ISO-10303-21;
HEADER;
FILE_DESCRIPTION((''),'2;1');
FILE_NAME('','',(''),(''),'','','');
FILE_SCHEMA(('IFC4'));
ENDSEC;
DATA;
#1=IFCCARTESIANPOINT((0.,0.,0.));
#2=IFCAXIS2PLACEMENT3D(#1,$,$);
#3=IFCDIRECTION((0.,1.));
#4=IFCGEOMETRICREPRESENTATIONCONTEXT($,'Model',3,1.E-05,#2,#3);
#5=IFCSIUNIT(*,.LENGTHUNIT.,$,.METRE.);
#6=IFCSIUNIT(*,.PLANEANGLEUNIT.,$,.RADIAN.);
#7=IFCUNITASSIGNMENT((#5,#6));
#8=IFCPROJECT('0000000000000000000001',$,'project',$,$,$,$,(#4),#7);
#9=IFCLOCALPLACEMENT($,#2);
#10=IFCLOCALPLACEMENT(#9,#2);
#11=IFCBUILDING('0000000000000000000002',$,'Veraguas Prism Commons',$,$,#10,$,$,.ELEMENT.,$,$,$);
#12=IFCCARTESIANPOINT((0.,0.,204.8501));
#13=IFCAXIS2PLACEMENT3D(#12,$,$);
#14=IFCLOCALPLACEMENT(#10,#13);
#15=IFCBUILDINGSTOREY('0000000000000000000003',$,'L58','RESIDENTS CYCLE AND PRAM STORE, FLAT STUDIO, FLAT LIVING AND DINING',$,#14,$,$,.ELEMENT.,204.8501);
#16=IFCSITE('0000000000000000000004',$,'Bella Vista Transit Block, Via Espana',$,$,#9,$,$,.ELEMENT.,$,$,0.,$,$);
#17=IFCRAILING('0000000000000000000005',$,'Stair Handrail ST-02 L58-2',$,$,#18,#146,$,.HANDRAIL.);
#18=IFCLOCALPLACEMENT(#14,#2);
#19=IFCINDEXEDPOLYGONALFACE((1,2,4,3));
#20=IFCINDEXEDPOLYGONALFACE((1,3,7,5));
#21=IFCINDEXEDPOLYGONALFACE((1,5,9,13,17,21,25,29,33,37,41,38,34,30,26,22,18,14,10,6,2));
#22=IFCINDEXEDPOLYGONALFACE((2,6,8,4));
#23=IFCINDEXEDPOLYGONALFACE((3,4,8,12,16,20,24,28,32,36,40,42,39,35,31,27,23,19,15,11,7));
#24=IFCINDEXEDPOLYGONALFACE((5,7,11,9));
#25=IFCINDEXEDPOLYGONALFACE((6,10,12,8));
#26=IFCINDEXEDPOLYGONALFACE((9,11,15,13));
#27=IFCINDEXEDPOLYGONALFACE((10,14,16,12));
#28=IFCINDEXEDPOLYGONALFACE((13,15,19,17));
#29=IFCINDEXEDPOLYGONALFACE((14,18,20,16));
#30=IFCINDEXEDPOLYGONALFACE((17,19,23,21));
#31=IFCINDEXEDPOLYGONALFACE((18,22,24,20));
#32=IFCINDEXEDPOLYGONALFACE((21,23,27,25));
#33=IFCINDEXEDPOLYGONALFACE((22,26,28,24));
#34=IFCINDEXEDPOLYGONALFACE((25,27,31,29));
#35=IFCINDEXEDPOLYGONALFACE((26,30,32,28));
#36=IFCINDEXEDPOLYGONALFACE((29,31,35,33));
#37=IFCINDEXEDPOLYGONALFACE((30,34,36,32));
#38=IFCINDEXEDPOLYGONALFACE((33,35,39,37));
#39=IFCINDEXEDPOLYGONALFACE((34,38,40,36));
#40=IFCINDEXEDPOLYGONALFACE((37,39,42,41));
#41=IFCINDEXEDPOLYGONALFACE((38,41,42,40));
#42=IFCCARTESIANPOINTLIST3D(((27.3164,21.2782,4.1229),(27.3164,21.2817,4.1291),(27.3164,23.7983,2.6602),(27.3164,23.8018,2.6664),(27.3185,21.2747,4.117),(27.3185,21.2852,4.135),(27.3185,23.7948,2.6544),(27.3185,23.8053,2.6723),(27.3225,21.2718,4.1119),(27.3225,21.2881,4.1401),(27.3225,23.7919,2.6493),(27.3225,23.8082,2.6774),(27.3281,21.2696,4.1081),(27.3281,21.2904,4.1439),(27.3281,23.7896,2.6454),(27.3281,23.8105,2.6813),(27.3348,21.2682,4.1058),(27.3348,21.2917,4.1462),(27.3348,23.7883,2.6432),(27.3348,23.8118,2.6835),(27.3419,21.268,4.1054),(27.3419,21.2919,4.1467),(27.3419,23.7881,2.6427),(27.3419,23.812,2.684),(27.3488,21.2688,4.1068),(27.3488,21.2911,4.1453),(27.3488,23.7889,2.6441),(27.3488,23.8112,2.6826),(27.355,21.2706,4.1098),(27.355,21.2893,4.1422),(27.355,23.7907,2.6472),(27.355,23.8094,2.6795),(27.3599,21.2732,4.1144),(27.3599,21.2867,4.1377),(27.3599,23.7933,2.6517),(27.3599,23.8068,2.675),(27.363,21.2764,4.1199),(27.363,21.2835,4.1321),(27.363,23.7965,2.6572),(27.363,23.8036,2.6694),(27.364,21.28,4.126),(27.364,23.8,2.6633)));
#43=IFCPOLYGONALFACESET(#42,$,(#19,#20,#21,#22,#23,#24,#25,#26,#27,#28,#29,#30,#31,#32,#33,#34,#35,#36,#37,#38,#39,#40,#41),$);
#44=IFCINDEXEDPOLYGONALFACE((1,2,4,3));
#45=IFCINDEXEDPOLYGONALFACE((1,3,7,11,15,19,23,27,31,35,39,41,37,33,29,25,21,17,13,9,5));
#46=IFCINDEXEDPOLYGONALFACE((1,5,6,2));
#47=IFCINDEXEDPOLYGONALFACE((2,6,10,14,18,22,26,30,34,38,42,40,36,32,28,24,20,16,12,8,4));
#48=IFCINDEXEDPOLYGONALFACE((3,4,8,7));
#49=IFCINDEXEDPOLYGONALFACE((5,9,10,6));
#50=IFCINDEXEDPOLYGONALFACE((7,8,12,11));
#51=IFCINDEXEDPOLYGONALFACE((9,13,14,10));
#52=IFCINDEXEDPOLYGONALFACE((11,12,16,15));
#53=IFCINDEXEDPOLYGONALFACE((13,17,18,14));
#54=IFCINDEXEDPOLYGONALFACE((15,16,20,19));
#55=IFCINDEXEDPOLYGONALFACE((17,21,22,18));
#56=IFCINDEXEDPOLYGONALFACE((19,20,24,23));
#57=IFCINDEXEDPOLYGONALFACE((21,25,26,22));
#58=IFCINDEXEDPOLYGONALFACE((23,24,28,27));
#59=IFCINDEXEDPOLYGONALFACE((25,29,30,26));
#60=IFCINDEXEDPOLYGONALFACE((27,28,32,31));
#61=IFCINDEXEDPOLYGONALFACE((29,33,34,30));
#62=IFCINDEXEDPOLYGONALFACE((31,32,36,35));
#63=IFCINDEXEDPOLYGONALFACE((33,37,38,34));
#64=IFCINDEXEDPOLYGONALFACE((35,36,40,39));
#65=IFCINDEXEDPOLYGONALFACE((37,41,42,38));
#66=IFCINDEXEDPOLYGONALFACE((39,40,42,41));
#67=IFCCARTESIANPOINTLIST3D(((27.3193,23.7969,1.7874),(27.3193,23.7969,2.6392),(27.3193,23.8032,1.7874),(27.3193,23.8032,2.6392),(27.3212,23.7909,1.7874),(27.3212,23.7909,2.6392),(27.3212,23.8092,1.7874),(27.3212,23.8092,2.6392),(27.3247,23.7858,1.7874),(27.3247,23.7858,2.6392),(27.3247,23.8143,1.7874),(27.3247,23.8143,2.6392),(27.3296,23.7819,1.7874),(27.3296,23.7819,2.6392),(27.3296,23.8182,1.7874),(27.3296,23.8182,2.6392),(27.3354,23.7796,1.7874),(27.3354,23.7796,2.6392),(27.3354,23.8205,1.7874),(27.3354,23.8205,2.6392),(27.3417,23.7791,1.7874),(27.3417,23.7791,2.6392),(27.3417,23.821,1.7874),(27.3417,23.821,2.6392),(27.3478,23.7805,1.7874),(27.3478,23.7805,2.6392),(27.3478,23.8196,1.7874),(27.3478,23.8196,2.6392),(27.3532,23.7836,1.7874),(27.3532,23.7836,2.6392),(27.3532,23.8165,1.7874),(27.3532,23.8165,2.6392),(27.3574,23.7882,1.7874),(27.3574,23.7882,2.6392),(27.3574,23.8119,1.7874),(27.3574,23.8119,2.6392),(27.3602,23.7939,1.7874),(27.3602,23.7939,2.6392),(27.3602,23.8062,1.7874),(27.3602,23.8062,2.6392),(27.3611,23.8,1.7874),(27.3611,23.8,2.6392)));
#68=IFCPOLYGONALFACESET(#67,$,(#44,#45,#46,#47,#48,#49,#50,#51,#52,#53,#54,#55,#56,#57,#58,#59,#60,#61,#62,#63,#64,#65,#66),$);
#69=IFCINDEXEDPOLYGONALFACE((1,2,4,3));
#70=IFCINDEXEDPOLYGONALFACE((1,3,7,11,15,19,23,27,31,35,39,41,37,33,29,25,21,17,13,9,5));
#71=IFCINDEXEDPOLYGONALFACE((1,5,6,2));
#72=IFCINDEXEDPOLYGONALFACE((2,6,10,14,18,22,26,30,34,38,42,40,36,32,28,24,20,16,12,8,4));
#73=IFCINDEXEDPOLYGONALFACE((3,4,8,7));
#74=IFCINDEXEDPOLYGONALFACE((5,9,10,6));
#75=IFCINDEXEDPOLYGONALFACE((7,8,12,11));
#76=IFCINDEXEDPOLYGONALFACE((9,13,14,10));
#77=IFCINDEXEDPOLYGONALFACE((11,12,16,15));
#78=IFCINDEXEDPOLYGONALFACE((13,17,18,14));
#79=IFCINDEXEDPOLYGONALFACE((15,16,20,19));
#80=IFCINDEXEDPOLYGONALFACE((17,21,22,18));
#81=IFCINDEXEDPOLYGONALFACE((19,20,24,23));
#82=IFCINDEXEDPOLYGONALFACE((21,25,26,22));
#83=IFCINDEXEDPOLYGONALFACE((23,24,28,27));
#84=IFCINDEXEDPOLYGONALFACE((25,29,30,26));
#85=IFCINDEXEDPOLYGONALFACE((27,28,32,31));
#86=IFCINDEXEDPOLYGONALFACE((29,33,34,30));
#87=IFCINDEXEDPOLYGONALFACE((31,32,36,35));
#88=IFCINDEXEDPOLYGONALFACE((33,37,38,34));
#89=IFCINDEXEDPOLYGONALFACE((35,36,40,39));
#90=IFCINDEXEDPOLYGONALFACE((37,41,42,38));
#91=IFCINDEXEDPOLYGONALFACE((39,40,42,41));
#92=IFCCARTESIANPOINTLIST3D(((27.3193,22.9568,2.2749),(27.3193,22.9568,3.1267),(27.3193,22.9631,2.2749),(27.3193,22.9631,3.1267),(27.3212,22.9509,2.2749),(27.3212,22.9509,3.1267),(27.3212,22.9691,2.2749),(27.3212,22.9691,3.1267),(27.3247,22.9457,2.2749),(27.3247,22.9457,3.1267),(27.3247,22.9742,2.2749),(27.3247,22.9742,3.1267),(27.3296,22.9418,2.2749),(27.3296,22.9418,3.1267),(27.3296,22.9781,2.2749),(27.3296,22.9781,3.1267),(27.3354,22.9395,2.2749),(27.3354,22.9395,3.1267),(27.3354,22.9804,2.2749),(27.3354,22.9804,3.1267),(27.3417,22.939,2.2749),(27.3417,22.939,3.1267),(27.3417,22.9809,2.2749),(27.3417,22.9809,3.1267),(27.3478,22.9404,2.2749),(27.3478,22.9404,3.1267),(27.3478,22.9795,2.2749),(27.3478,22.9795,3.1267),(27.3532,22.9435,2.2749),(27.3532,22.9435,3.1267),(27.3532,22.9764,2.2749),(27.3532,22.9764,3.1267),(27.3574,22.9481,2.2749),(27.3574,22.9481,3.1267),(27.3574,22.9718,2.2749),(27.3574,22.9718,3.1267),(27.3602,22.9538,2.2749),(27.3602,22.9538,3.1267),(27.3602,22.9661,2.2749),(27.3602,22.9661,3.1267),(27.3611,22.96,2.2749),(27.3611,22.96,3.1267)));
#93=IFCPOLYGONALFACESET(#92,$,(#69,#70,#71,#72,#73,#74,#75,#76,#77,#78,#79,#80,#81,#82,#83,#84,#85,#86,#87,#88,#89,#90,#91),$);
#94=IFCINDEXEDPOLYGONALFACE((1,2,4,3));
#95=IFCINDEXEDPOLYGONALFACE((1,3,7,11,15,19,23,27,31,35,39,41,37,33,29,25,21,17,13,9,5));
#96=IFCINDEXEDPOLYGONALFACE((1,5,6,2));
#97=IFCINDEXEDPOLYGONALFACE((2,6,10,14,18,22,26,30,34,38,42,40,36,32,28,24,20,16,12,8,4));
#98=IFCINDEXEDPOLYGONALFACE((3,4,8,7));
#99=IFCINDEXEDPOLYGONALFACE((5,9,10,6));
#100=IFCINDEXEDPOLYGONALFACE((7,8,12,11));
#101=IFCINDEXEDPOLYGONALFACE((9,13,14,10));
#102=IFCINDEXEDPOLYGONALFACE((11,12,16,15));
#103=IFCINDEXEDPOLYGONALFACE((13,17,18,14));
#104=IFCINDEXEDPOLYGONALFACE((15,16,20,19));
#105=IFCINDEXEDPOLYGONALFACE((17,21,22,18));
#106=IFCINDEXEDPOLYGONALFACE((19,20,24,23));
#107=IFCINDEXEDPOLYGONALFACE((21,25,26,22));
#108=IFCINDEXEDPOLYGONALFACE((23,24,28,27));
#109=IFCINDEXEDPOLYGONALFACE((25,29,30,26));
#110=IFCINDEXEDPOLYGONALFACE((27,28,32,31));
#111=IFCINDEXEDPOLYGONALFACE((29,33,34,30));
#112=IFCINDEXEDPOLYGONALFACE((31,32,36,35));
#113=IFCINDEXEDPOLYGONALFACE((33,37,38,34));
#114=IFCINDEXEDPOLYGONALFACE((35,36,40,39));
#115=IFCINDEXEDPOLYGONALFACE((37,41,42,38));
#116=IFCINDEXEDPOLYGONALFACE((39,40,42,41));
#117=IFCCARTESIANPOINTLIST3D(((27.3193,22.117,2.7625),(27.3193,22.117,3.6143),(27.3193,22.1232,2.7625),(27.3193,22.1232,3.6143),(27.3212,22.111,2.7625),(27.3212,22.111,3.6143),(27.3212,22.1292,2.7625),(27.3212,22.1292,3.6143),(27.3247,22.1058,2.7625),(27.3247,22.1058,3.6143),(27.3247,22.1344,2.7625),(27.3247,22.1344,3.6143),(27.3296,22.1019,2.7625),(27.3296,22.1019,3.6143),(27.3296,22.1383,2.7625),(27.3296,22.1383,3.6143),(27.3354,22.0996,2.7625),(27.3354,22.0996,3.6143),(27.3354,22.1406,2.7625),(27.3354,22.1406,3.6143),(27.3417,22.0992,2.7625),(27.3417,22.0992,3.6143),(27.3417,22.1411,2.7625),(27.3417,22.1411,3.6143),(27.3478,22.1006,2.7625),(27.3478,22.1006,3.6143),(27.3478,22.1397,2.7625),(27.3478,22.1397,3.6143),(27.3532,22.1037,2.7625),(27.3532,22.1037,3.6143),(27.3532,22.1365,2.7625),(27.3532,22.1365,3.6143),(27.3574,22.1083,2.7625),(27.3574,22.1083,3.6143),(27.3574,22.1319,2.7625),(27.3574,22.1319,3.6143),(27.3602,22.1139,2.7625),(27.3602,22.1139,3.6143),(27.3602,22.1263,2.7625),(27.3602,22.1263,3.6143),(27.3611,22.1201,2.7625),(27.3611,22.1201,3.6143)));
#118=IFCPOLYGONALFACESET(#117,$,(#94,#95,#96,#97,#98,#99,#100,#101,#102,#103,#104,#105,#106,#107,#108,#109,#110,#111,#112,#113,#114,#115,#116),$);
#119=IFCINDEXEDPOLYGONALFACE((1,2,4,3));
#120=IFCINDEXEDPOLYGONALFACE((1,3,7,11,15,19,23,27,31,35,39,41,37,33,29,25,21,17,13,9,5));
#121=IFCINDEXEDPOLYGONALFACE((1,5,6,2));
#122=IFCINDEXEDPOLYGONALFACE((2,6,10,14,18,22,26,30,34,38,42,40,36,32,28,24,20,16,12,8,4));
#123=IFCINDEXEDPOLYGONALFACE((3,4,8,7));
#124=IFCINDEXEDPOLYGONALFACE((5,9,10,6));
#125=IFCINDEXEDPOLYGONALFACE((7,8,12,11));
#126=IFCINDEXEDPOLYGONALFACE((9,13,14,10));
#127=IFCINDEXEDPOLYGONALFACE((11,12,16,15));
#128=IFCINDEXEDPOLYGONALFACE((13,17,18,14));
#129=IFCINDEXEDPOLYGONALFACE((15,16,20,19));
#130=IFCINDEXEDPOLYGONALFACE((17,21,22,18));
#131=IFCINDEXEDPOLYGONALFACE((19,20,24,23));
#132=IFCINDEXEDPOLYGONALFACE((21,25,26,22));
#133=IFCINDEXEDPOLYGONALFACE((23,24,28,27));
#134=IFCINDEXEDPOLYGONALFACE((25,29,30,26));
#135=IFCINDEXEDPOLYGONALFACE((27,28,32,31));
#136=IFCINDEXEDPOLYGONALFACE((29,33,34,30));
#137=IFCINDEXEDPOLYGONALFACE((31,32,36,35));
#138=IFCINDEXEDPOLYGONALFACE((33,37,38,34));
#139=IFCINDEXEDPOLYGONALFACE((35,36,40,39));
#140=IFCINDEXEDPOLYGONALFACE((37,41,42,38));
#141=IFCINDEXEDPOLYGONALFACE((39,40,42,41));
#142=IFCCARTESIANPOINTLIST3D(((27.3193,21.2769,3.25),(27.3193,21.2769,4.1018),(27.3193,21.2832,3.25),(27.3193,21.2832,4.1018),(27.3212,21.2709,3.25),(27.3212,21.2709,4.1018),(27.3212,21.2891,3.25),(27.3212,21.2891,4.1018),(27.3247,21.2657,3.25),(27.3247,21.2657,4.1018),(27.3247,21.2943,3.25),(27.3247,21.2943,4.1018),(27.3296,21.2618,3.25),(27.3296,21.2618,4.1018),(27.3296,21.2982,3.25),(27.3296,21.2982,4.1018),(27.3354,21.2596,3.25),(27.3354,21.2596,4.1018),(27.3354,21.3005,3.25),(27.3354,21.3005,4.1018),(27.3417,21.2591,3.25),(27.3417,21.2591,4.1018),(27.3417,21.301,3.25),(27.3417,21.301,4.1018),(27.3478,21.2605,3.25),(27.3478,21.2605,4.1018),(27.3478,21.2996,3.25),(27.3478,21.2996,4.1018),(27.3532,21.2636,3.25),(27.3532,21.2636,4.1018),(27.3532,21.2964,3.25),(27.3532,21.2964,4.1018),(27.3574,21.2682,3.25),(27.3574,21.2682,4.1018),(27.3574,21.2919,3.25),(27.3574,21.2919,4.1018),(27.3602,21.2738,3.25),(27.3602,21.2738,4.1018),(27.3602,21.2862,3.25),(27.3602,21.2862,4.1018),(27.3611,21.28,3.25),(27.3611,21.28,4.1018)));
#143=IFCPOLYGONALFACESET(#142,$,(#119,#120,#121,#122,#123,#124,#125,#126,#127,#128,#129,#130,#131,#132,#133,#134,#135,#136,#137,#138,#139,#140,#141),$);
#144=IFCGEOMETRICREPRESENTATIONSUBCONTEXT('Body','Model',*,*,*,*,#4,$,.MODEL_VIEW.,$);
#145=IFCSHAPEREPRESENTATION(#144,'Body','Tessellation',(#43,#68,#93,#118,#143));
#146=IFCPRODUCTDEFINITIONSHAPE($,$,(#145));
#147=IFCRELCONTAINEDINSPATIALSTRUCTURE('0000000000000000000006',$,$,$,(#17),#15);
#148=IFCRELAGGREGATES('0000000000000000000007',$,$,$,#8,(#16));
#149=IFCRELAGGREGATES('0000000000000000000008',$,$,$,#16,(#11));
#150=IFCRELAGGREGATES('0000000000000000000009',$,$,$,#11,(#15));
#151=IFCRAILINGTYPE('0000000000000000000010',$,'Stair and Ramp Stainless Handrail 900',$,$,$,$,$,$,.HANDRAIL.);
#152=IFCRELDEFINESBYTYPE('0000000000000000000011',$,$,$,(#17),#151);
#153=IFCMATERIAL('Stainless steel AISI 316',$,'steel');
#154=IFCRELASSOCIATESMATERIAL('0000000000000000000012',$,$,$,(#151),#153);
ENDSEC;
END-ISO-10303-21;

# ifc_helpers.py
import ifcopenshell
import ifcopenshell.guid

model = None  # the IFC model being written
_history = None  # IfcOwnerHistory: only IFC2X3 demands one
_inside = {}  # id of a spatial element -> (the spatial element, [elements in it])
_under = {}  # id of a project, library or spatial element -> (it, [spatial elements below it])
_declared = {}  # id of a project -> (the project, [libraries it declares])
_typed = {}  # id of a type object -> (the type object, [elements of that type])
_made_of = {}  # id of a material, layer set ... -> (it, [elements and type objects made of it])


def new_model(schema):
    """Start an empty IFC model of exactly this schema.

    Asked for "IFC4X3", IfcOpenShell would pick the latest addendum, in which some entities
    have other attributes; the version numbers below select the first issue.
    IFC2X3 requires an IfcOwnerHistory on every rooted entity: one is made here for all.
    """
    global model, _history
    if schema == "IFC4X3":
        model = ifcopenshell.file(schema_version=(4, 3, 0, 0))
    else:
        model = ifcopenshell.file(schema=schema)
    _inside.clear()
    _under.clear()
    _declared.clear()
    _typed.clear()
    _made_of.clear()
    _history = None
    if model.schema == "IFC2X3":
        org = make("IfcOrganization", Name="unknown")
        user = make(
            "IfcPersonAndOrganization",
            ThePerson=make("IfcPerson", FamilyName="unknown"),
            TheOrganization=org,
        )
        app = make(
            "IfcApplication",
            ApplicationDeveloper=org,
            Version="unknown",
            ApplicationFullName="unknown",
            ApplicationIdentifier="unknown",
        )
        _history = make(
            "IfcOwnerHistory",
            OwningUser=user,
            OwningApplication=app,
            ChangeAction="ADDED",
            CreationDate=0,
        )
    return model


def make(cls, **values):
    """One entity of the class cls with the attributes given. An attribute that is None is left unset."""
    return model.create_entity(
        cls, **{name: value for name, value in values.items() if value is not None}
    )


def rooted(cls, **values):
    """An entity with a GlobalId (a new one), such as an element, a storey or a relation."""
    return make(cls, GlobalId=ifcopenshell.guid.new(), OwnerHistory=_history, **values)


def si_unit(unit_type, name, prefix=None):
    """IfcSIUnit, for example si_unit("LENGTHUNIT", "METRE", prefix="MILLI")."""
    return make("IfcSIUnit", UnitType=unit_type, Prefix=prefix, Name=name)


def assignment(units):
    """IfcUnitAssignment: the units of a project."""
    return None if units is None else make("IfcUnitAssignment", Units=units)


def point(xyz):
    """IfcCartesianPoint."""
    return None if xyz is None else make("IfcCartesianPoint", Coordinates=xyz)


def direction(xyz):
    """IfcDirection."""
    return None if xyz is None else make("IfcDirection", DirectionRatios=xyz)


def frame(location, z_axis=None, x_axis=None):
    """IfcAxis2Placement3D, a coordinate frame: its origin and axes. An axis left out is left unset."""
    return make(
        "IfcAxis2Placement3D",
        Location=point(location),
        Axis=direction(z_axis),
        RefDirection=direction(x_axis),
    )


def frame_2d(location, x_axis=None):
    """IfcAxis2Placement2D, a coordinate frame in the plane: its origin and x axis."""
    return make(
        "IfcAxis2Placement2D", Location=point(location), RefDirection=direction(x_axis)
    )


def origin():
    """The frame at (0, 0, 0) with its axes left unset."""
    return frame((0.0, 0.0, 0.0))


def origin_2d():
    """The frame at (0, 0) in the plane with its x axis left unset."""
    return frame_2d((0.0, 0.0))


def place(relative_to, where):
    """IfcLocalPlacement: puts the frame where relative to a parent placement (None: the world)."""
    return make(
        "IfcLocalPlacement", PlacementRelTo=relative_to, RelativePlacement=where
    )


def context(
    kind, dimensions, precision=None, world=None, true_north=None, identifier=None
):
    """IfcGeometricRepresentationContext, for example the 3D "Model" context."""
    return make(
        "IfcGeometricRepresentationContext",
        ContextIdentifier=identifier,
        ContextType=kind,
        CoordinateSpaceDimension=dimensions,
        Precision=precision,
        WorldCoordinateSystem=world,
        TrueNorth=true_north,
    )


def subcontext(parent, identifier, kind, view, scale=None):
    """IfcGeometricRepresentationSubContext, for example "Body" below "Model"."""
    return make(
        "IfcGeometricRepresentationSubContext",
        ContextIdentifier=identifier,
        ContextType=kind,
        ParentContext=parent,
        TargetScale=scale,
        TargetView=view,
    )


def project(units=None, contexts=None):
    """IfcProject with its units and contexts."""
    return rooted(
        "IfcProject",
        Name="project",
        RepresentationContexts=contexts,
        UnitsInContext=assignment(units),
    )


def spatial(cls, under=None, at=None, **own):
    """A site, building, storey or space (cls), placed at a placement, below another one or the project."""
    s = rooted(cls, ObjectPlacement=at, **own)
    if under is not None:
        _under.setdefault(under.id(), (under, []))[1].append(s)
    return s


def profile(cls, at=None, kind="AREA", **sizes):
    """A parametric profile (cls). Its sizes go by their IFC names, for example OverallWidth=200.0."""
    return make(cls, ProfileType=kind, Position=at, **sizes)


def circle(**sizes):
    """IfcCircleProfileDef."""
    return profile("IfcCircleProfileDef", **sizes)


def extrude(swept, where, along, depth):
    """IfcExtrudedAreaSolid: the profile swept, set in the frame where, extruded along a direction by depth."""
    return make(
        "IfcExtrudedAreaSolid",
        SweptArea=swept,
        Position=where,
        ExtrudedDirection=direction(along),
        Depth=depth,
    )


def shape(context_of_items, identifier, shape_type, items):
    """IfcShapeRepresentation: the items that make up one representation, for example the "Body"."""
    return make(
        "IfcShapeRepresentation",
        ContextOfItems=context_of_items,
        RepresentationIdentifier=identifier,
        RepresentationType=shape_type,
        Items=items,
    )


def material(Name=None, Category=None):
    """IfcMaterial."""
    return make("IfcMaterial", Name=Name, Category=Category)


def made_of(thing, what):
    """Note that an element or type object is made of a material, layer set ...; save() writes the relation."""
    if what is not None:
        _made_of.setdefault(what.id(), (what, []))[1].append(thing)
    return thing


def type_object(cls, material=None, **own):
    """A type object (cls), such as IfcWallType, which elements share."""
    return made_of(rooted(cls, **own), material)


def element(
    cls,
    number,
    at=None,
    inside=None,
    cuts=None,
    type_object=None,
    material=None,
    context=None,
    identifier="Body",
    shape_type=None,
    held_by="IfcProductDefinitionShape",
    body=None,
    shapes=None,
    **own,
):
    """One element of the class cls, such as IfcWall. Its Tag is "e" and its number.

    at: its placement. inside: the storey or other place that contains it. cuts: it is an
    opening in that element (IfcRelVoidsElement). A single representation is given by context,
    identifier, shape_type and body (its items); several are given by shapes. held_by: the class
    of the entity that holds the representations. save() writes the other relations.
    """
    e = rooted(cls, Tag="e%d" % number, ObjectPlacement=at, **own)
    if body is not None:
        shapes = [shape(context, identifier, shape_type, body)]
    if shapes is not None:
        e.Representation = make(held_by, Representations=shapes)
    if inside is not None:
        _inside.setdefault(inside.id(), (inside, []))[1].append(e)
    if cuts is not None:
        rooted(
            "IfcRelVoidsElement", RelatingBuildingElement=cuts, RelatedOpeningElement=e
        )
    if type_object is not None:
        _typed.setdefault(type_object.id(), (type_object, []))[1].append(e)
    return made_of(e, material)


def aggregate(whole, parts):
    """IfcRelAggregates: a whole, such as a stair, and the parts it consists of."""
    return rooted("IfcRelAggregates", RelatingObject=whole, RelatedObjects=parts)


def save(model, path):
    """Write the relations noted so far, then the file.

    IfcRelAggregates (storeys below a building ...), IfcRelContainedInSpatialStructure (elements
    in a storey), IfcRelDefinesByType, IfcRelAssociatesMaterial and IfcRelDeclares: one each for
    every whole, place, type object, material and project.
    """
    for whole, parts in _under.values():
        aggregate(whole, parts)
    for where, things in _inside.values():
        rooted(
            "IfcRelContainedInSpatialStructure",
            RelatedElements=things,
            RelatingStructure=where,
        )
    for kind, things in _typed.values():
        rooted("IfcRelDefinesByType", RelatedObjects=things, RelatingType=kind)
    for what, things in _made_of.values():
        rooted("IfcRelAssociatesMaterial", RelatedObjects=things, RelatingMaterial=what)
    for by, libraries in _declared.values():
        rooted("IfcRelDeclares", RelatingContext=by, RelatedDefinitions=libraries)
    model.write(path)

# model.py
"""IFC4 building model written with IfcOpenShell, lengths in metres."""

from ifc_helpers import new_model, si_unit, direction, frame, origin, origin_2d, place, context, subcontext, project, spatial, circle, extrude, material, type_object, element, save


model = new_model("IFC4")

# Units and contexts
model_context = context("Model", 3, precision=1e-05, world=origin(), true_north=direction((0.0, 1.0)))
body_context = subcontext(model_context, "Body", "Model", "MODEL_VIEW")
ifc_project = project(units=[si_unit("LENGTHUNIT", "METRE"), si_unit("PLANEANGLEUNIT", "RADIAN")], contexts=[model_context])

# Site, building, storey
site_placement = place(None, origin())
site = spatial("IfcSite", under=ifc_project, at=site_placement, Name="Bella Vista Transit Block, Via Espana", CompositionType="ELEMENT", RefElevation=0.0)
building_placement = place(site_placement, origin())
building = spatial("IfcBuilding", under=site, at=building_placement, Name="Veraguas Prism Commons", CompositionType="ELEMENT")
storey_placement = place(building_placement, frame((0.0, 0.0, 204.8501)))
storey = spatial("IfcBuildingStorey", under=building, at=storey_placement, Name="L58", Description="RESIDENTS CYCLE AND PRAM STORE, FLAT STUDIO, FLAT LIVING AND DINING", CompositionType="ELEMENT", Elevation=204.8501)

# Railing
ifc_material_1 = material(Name="Stainless steel AISI 316", Category="steel")
railing_type_1 = type_object("IfcRailingType", Name="Stair and Ramp Stainless Handrail 900", PredefinedType="HANDRAIL", material=ifc_material_1)
railing_1_placement = place(storey_placement, frame((27.3401, 23.8, 1.7874)))
element("IfcRailing", 1, at=railing_1_placement, inside=storey, type_object=railing_type_1, Name="Stair Handrail ST-02 L58-2", PredefinedType="HANDRAIL", context=body_context, shape_type="SweptSolid", body=[
    extrude(circle(Radius=0.0239, at=origin_2d()), frame((0.0, 0.0, 0.876), z_axis=(0.0, -0.864877, 0.501984), x_axis=(1.0, 0.0, 0.0)), (0.0, 0.0, 1.0), 2.9138),
    extrude(circle(Radius=0.021, at=origin_2d()), origin(), (0.0, 0.0, 1.0), 0.8518),
    extrude(circle(Radius=0.021, at=origin_2d()), frame((0.0, -0.8401, 0.4875)), (0.0, 0.0, 1.0), 0.8518),
    extrude(circle(Radius=0.021, at=origin_2d()), frame((0.0, -1.6799, 0.9751)), (0.0, 0.0, 1.0), 0.8518),
    extrude(circle(Radius=0.021, at=origin_2d()), frame((0.0, -2.52, 1.4626)), (0.0, 0.0, 1.0), 0.8518),
])

save(model, "model.ifc")
